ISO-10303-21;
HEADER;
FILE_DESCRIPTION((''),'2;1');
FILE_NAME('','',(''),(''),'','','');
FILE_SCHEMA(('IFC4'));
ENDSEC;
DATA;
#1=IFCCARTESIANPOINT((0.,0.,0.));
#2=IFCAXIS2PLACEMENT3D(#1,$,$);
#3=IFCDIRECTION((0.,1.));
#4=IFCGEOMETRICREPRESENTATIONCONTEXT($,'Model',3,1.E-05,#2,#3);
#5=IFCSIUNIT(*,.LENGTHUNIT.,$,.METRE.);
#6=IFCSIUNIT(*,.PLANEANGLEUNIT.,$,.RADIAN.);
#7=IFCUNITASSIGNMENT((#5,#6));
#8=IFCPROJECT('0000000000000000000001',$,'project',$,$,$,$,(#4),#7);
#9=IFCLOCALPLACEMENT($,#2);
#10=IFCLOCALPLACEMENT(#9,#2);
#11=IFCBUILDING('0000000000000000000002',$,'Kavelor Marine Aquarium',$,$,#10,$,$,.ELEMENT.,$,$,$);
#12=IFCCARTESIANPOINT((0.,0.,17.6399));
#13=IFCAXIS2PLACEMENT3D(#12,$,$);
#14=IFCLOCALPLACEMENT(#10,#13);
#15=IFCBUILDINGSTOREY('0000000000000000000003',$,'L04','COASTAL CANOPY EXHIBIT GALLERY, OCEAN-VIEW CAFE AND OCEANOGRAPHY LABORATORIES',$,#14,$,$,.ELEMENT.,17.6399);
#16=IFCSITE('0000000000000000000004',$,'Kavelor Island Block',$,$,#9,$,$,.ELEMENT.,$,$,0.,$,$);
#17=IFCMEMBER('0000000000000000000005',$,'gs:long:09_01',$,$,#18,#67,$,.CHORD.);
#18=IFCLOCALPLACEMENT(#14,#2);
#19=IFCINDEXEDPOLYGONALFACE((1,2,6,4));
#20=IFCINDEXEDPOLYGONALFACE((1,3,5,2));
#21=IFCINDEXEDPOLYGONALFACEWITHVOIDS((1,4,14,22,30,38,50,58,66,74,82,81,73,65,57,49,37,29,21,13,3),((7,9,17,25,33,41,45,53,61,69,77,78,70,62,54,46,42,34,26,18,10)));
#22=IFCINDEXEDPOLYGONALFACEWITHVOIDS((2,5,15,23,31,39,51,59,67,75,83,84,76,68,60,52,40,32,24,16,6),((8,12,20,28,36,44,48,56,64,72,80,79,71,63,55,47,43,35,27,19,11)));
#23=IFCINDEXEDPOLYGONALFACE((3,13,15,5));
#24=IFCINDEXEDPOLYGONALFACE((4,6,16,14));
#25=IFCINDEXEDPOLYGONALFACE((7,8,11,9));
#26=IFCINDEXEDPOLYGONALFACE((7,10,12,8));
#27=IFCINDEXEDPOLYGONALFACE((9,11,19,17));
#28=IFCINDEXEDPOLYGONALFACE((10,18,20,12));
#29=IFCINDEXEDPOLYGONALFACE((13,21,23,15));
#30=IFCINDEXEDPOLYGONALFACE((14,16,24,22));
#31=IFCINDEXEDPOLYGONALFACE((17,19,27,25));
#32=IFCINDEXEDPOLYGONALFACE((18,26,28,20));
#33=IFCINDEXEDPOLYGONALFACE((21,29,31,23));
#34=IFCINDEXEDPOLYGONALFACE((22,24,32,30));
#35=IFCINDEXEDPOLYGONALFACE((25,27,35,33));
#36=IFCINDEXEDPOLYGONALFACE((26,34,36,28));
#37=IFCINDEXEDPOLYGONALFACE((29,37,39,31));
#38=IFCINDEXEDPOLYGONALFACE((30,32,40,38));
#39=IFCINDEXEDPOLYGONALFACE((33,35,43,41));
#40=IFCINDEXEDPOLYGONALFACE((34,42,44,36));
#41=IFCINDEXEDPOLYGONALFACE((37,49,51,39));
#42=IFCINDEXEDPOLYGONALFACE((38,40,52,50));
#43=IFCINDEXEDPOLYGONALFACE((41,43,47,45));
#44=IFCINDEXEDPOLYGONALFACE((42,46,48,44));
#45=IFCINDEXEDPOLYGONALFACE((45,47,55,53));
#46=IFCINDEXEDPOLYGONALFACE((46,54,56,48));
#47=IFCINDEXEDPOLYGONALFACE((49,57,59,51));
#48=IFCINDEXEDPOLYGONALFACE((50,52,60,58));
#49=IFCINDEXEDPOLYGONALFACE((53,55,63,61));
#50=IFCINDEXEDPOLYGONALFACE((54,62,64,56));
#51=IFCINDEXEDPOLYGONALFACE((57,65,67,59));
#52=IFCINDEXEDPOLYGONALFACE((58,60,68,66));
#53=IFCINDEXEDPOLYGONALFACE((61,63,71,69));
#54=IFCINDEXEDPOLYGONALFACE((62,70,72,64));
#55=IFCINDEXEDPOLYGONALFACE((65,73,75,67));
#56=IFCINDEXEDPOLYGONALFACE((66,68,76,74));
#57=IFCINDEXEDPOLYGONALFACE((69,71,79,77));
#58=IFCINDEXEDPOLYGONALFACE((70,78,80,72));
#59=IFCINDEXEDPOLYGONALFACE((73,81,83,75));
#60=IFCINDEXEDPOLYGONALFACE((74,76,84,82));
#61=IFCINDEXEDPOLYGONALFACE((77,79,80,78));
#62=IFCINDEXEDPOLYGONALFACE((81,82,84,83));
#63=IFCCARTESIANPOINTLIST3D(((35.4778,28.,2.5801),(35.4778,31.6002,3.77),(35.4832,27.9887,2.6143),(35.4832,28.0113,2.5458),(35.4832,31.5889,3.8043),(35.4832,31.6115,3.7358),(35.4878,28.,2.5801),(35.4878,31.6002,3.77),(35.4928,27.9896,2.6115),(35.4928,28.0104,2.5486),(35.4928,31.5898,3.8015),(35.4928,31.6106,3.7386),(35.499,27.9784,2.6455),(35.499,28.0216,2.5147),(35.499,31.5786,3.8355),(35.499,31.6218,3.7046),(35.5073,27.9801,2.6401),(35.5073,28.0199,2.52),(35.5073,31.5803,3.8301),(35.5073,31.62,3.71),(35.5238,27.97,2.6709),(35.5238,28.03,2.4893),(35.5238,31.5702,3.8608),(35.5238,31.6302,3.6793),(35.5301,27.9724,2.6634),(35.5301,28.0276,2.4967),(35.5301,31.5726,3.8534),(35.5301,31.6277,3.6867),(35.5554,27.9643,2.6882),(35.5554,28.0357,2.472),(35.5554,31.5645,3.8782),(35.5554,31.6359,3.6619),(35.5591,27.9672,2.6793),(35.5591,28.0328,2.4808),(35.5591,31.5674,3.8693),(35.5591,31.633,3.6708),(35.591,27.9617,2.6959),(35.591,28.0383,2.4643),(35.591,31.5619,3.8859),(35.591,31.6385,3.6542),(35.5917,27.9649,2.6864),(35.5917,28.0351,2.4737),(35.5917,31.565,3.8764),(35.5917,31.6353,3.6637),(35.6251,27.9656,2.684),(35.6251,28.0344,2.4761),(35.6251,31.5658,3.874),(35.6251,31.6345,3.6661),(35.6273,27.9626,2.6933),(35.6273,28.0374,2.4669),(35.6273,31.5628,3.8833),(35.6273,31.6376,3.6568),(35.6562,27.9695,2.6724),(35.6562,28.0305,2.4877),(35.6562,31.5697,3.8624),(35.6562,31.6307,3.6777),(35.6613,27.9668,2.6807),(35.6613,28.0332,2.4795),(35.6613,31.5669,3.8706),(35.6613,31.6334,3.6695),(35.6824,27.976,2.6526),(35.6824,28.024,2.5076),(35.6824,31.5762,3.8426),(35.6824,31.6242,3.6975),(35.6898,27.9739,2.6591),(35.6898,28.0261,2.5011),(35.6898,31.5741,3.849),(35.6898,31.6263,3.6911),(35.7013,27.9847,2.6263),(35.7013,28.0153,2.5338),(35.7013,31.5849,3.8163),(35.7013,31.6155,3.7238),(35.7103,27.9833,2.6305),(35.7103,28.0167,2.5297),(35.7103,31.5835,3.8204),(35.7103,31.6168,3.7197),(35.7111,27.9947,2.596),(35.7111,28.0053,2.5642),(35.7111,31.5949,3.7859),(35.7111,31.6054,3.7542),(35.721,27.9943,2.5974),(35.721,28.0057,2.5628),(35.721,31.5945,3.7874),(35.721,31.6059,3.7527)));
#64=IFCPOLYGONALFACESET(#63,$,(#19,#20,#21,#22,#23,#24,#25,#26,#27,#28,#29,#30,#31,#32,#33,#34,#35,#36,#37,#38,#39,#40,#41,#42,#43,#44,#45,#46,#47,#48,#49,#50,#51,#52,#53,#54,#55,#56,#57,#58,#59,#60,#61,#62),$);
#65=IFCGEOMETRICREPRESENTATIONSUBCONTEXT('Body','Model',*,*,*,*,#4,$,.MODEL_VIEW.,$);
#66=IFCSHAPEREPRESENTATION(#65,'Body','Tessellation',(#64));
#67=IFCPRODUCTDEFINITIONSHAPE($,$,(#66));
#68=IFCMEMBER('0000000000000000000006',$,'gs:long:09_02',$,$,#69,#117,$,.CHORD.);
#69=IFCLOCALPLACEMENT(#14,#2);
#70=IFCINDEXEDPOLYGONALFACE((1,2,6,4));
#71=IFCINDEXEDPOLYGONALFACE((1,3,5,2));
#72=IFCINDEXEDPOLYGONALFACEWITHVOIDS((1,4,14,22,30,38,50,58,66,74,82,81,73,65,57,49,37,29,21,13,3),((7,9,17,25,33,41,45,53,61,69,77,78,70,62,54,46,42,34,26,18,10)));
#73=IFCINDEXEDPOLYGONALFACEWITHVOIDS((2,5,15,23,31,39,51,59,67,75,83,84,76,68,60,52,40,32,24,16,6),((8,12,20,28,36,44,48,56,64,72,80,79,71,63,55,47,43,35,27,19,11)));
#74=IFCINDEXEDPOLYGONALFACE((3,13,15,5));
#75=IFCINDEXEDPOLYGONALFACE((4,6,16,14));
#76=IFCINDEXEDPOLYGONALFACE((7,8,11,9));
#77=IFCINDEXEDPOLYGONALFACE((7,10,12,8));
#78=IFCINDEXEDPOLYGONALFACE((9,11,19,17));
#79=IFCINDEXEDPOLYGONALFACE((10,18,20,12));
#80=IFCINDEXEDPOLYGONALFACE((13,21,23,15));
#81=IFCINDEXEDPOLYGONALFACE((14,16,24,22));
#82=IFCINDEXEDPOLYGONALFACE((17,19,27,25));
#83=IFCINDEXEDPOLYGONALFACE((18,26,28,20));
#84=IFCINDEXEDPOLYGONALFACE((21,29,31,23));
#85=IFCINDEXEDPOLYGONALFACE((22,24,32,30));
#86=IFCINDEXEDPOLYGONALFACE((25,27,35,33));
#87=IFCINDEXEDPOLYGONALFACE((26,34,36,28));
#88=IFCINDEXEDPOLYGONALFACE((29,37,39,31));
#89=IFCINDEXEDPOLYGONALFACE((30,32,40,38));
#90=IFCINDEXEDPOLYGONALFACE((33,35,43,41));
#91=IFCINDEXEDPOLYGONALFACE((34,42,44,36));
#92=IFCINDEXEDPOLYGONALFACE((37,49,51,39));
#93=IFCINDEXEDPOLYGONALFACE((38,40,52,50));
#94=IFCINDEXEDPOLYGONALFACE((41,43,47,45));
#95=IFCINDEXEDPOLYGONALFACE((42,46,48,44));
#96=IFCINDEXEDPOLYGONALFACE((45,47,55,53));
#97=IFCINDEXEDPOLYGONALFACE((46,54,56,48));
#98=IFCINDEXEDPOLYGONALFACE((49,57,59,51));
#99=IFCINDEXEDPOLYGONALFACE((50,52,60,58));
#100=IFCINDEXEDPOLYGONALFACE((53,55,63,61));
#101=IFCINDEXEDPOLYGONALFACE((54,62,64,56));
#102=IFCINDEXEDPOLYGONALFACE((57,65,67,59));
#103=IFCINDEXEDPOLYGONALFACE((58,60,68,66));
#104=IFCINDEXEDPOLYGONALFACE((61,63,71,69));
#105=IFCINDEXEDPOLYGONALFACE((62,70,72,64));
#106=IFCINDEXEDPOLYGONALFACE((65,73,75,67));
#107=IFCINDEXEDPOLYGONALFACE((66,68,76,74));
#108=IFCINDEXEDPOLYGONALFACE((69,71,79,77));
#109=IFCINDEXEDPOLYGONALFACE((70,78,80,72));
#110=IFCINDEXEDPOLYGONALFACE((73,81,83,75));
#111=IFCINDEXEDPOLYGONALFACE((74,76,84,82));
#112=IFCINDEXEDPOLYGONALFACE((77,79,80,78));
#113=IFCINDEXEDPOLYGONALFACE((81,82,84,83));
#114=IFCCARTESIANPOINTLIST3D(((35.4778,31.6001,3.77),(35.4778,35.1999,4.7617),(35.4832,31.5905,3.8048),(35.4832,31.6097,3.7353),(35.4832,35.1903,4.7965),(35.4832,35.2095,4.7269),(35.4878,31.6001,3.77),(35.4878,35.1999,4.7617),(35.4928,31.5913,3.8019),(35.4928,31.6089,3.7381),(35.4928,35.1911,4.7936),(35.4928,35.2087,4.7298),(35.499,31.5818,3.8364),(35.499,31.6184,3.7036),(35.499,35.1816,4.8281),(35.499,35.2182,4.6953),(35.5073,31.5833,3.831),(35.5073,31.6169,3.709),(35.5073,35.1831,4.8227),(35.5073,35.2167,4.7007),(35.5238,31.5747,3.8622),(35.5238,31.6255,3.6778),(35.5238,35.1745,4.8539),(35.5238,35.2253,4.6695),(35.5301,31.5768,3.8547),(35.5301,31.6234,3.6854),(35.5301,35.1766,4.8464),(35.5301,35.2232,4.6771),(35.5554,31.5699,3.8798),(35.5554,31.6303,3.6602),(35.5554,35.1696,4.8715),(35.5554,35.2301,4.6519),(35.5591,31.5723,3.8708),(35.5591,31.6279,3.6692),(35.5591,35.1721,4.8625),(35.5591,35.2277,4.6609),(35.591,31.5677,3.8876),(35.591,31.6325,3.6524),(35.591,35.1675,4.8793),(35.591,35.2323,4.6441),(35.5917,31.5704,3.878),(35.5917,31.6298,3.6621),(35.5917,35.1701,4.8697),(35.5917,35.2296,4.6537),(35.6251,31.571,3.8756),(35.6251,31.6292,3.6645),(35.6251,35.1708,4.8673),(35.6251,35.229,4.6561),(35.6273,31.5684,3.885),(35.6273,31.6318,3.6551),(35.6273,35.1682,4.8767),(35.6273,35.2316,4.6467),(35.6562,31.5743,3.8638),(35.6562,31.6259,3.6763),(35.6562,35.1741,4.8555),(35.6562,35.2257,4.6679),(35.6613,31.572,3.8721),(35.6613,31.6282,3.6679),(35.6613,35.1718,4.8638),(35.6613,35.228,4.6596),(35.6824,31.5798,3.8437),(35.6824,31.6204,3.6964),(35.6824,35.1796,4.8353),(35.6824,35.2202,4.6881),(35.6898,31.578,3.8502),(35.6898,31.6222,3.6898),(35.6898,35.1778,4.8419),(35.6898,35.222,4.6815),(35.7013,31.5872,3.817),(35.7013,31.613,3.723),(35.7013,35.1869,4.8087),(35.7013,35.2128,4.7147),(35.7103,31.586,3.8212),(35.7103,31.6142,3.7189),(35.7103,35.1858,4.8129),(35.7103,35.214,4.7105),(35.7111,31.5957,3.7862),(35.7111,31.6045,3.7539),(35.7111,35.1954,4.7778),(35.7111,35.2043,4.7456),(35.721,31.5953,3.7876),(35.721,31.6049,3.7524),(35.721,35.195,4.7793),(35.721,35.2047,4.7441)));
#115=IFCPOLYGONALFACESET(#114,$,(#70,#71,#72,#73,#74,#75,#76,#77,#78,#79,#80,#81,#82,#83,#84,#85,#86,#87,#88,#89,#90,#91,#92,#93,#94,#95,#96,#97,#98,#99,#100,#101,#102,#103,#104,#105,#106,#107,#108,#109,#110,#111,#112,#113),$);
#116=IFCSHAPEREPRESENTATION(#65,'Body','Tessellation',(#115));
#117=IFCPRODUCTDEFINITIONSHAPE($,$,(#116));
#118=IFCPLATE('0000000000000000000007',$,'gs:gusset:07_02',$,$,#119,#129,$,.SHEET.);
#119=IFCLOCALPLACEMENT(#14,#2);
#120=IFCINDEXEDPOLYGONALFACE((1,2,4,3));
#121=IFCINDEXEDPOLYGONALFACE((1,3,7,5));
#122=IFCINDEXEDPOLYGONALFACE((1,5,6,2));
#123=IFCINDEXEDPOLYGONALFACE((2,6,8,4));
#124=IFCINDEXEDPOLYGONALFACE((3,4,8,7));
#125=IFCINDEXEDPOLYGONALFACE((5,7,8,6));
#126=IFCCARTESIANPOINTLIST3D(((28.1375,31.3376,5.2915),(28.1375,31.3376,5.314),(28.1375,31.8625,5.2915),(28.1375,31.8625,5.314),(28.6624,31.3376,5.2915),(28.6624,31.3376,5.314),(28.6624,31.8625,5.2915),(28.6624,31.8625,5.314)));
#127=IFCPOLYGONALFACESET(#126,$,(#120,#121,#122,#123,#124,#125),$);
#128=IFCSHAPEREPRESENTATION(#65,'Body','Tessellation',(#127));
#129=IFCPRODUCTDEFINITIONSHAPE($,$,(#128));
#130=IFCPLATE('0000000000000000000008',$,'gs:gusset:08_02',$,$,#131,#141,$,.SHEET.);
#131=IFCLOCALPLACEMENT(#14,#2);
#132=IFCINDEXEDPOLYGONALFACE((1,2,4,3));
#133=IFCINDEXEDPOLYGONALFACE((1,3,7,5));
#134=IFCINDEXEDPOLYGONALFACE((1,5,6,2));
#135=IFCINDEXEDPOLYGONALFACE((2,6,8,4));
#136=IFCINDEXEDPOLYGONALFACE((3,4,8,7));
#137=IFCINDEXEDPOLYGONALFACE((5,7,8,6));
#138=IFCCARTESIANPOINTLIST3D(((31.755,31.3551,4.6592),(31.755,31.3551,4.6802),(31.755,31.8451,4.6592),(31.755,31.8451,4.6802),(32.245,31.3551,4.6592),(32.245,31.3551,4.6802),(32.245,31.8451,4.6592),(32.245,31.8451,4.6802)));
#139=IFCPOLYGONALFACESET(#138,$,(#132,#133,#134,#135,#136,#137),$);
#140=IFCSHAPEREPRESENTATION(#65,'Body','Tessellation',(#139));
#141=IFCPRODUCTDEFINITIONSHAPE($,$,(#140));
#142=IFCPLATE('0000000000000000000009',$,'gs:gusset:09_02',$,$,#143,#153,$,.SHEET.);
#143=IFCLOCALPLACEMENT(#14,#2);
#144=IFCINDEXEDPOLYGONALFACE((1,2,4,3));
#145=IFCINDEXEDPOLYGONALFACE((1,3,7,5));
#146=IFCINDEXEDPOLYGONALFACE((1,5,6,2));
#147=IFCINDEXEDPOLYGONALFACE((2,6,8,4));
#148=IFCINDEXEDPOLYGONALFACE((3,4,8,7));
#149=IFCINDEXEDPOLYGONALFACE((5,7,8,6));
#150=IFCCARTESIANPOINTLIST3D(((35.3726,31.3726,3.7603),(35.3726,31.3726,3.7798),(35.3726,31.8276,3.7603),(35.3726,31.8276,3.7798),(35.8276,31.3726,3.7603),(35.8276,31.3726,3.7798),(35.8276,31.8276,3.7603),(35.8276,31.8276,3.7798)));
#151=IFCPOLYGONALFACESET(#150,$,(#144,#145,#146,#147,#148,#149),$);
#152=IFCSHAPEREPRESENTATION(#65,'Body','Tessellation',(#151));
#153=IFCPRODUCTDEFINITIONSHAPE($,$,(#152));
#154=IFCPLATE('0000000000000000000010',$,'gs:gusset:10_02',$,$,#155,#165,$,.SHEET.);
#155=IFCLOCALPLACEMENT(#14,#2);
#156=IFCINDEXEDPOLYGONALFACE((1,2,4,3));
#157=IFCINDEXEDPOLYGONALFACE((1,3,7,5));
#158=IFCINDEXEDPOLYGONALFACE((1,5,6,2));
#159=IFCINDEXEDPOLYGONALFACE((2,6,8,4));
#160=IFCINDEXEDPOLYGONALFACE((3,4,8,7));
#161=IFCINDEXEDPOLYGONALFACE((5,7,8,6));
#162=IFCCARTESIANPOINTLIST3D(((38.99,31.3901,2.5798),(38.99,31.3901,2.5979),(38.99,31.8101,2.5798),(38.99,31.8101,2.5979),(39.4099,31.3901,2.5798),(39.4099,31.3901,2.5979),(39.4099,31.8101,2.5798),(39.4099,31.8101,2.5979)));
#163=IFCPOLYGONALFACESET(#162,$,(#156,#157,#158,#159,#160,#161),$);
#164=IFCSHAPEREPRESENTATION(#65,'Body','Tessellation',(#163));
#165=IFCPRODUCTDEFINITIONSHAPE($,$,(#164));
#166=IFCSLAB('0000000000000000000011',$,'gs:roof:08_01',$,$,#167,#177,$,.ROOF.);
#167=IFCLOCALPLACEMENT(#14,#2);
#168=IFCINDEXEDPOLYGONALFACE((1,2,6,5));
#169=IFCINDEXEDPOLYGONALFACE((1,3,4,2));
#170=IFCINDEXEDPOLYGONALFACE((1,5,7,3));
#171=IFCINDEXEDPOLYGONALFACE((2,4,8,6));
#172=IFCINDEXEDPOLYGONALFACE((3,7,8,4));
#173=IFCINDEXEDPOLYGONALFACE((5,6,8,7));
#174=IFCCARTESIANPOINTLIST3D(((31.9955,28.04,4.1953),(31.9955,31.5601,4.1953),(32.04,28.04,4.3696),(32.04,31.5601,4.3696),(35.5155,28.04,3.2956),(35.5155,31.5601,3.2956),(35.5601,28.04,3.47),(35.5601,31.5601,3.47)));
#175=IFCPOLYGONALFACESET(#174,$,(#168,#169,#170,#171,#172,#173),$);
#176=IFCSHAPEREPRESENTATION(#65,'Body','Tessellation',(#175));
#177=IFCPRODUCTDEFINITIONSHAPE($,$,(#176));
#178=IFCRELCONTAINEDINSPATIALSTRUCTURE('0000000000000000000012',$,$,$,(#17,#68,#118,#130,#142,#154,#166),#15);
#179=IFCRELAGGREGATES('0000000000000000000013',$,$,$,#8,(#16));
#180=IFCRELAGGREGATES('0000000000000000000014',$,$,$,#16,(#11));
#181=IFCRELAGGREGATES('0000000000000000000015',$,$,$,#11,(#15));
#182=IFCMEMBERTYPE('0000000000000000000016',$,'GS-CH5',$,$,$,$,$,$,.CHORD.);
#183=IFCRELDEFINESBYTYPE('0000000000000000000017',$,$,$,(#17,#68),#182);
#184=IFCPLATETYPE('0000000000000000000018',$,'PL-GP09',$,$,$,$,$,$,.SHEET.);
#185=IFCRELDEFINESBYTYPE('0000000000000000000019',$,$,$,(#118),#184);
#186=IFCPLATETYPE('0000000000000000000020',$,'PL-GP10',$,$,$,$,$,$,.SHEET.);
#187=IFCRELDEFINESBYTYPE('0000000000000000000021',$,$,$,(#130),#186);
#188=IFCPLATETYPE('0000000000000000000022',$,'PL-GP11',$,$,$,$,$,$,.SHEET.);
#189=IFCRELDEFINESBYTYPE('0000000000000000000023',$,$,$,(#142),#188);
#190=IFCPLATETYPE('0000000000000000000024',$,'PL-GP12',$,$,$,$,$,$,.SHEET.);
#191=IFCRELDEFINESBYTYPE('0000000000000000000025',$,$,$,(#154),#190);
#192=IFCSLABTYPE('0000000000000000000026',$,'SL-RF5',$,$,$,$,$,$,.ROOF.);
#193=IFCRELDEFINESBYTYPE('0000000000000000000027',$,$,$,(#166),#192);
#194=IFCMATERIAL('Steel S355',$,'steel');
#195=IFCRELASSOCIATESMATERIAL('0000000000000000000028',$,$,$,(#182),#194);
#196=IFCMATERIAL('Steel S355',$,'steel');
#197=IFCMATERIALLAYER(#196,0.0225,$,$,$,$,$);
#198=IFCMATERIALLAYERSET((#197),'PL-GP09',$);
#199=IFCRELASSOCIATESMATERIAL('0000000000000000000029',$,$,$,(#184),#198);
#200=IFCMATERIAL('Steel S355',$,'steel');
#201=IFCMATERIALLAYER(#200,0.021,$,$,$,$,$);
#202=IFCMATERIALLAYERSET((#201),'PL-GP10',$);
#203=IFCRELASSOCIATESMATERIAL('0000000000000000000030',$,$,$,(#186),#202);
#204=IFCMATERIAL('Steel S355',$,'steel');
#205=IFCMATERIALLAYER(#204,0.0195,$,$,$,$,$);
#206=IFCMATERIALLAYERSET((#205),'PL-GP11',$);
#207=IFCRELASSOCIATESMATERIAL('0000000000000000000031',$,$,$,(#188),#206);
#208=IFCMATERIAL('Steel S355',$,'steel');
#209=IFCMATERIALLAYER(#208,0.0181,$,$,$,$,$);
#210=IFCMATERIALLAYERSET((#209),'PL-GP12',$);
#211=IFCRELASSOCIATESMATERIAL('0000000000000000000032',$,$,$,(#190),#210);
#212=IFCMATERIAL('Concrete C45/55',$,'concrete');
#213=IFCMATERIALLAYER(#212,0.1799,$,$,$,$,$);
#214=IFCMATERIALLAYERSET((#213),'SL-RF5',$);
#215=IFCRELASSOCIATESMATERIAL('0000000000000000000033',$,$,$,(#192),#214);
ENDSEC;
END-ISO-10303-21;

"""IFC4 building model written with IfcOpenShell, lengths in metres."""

from ifc_helpers import new_model, si_unit, direction, frame, origin, origin_2d, place, context, subcontext, project, spatial, polyline, rectangle, hollow_circle, outline, extrude, material, layer, layer_set, material_profile, profile_set, type_object, element, save


model = new_model("IFC4")

# Units and contexts
model_context = context("Model", 3, precision=1e-05, world=origin(), true_north=direction((0.0, 1.0)))
body_context = subcontext(model_context, "Body", "Model", "MODEL_VIEW")
ifc_project = project(units=[si_unit("LENGTHUNIT", "METRE"), si_unit("PLANEANGLEUNIT", "RADIAN")], contexts=[model_context])

# Site, building, storey
site_placement = place(None, origin())
site = spatial("IfcSite", under=ifc_project, at=site_placement, Name="Kavelor Island Block", CompositionType="ELEMENT", RefElevation=0.0)
building_placement = place(site_placement, origin())
building = spatial("IfcBuilding", under=site, at=building_placement, Name="Kavelor Marine Aquarium", CompositionType="ELEMENT")
storey_placement = place(building_placement, frame((0.0, 0.0, 17.6399)))
storey = spatial("IfcBuildingStorey", under=building, at=storey_placement, Name="L04", Description="COASTAL CANOPY EXHIBIT GALLERY, OCEAN-VIEW CAFE AND OCEANOGRAPHY LABORATORIES", CompositionType="ELEMENT", Elevation=17.6399)

# Members
ifc_material_1 = material(Name="Steel S355", Category="steel")
ifc_material_profile_1 = material_profile(ifc_material_1, hollow_circle(Radius=0.1223, WallThickness=0.01, at=origin_2d()), Name="CHS 244.5x10.0")
ifc_profile_set_1 = profile_set([ifc_material_profile_1], Name="Steel S355")
member_type_1 = type_object("IfcMemberType", Name="GS-CH5", PredefinedType="CHORD", material=ifc_profile_set_1)
member_1_placement = place(storey_placement, frame((35.6001, 28.0, 2.5801), z_axis=(0.0, 0.949479, 0.313831), x_axis=(-1.0, 0.0, 0.0)))
element("IfcMember", 1, at=member_1_placement, inside=storey, type_object=member_type_1, Name="gs:long:09_01", PredefinedType="CHORD", context=body_context, shape_type="SweptSolid", body=[
    extrude(hollow_circle(Radius=0.1223, WallThickness=0.01, at=origin_2d()), origin(), (0.0, 0.0, 1.0), 3.7917),
])
member_2_placement = place(storey_placement, frame((35.6001, 31.6001, 3.77), z_axis=(0.0, 0.964086, 0.26559), x_axis=(-1.0, 0.0, 0.0)))
element("IfcMember", 2, at=member_2_placement, inside=storey, type_object=member_type_1, Name="gs:long:09_02", PredefinedType="CHORD", context=body_context, shape_type="SweptSolid", body=[
    extrude(hollow_circle(Radius=0.1223, WallThickness=0.01, at=origin_2d()), origin(), (0.0, 0.0, 1.0), 3.7339),
])

# Plates
ifc_material_2 = material(Name="Steel S355", Category="steel")
ifc_layer_1 = layer(ifc_material_2, 0.0225)
ifc_layer_set_1 = layer_set([ifc_layer_1], Name="PL-GP09")
plate_type_1 = type_object("IfcPlateType", Name="PL-GP09", PredefinedType="SHEET", material=ifc_layer_set_1)
plate_1_placement = place(storey_placement, frame((28.3999, 31.6001, 5.2915), z_axis=(0.0, 0.0, 1.0), x_axis=(1.0, 0.0, 0.0)))
element("IfcPlate", 3, at=plate_1_placement, inside=storey, type_object=plate_type_1, Name="gs:gusset:07_02", PredefinedType="SHEET", context=body_context, shape_type="SweptSolid", body=[
    extrude(rectangle(XDim=0.5249, YDim=0.5249, at=origin_2d()), origin(), (0.0, 0.0, 1.0), 0.0225),
])
ifc_material_3 = material(Name="Steel S355", Category="steel")
ifc_layer_2 = layer(ifc_material_3, 0.021)
ifc_layer_set_2 = layer_set([ifc_layer_2], Name="PL-GP10")
plate_type_2 = type_object("IfcPlateType", Name="PL-GP10", PredefinedType="SHEET", material=ifc_layer_set_2)
plate_2_placement = place(storey_placement, frame((32.0, 31.6001, 4.6592), z_axis=(0.0, 0.0, 1.0), x_axis=(1.0, 0.0, 0.0)))
element("IfcPlate", 4, at=plate_2_placement, inside=storey, type_object=plate_type_2, Name="gs:gusset:08_02", PredefinedType="SHEET", context=body_context, shape_type="SweptSolid", body=[
    extrude(rectangle(XDim=0.49, YDim=0.49, at=origin_2d()), origin(), (0.0, 0.0, 1.0), 0.021),
])
ifc_material_4 = material(Name="Steel S355", Category="steel")
ifc_layer_3 = layer(ifc_material_4, 0.0195)
ifc_layer_set_3 = layer_set([ifc_layer_3], Name="PL-GP11")
plate_type_3 = type_object("IfcPlateType", Name="PL-GP11", PredefinedType="SHEET", material=ifc_layer_set_3)
plate_3_placement = place(storey_placement, frame((35.6001, 31.6001, 3.7603), z_axis=(0.0, 0.0, 1.0), x_axis=(1.0, 0.0, 0.0)))
element("IfcPlate", 5, at=plate_3_placement, inside=storey, type_object=plate_type_3, Name="gs:gusset:09_02", PredefinedType="SHEET", context=body_context, shape_type="SweptSolid", body=[
    extrude(rectangle(XDim=0.4551, YDim=0.4551, at=origin_2d()), origin(), (0.0, 0.0, 1.0), 0.0195),
])
ifc_material_5 = material(Name="Steel S355", Category="steel")
ifc_layer_4 = layer(ifc_material_5, 0.0181)
ifc_layer_set_4 = layer_set([ifc_layer_4], Name="PL-GP12")
plate_type_4 = type_object("IfcPlateType", Name="PL-GP12", PredefinedType="SHEET", material=ifc_layer_set_4)
plate_4_placement = place(storey_placement, frame((39.2, 31.6001, 2.5798), z_axis=(0.0, 0.0, 1.0), x_axis=(1.0, 0.0, 0.0)))
element("IfcPlate", 6, at=plate_4_placement, inside=storey, type_object=plate_type_4, Name="gs:gusset:10_02", PredefinedType="SHEET", context=body_context, shape_type="SweptSolid", body=[
    extrude(rectangle(XDim=0.4199, YDim=0.4199, at=origin_2d()), origin(), (0.0, 0.0, 1.0), 0.0181),
])

# Slab
ifc_material_6 = material(Name="Concrete C45/55", Category="concrete")
ifc_layer_5 = layer(ifc_material_6, 0.1799)
ifc_layer_set_5 = layer_set([ifc_layer_5], Name="SL-RF5")
slab_type = type_object("IfcSlabType", Name="SL-RF5", PredefinedType="ROOF", material=ifc_layer_set_5)
slab_placement = place(storey_placement, frame((32.04, 28.04, 4.3696), z_axis=(0.247623, 0.0, 0.968856), x_axis=(0.968856, 0.0, -0.247623)))
element("IfcSlab", 7, at=slab_placement, inside=storey, type_object=slab_type, Name="gs:roof:08_01", PredefinedType="ROOF", context=body_context, shape_type="SweptSolid", body=[
    extrude(outline(polyline([(0.0, 0.0), (3.6332, 0.0), (3.6332, 3.52), (0.0, 3.52), (0.0, 0.0)])), origin(), (0.0, 0.0, -1.0), 0.1799),
])

save(model, "model.ifc")
